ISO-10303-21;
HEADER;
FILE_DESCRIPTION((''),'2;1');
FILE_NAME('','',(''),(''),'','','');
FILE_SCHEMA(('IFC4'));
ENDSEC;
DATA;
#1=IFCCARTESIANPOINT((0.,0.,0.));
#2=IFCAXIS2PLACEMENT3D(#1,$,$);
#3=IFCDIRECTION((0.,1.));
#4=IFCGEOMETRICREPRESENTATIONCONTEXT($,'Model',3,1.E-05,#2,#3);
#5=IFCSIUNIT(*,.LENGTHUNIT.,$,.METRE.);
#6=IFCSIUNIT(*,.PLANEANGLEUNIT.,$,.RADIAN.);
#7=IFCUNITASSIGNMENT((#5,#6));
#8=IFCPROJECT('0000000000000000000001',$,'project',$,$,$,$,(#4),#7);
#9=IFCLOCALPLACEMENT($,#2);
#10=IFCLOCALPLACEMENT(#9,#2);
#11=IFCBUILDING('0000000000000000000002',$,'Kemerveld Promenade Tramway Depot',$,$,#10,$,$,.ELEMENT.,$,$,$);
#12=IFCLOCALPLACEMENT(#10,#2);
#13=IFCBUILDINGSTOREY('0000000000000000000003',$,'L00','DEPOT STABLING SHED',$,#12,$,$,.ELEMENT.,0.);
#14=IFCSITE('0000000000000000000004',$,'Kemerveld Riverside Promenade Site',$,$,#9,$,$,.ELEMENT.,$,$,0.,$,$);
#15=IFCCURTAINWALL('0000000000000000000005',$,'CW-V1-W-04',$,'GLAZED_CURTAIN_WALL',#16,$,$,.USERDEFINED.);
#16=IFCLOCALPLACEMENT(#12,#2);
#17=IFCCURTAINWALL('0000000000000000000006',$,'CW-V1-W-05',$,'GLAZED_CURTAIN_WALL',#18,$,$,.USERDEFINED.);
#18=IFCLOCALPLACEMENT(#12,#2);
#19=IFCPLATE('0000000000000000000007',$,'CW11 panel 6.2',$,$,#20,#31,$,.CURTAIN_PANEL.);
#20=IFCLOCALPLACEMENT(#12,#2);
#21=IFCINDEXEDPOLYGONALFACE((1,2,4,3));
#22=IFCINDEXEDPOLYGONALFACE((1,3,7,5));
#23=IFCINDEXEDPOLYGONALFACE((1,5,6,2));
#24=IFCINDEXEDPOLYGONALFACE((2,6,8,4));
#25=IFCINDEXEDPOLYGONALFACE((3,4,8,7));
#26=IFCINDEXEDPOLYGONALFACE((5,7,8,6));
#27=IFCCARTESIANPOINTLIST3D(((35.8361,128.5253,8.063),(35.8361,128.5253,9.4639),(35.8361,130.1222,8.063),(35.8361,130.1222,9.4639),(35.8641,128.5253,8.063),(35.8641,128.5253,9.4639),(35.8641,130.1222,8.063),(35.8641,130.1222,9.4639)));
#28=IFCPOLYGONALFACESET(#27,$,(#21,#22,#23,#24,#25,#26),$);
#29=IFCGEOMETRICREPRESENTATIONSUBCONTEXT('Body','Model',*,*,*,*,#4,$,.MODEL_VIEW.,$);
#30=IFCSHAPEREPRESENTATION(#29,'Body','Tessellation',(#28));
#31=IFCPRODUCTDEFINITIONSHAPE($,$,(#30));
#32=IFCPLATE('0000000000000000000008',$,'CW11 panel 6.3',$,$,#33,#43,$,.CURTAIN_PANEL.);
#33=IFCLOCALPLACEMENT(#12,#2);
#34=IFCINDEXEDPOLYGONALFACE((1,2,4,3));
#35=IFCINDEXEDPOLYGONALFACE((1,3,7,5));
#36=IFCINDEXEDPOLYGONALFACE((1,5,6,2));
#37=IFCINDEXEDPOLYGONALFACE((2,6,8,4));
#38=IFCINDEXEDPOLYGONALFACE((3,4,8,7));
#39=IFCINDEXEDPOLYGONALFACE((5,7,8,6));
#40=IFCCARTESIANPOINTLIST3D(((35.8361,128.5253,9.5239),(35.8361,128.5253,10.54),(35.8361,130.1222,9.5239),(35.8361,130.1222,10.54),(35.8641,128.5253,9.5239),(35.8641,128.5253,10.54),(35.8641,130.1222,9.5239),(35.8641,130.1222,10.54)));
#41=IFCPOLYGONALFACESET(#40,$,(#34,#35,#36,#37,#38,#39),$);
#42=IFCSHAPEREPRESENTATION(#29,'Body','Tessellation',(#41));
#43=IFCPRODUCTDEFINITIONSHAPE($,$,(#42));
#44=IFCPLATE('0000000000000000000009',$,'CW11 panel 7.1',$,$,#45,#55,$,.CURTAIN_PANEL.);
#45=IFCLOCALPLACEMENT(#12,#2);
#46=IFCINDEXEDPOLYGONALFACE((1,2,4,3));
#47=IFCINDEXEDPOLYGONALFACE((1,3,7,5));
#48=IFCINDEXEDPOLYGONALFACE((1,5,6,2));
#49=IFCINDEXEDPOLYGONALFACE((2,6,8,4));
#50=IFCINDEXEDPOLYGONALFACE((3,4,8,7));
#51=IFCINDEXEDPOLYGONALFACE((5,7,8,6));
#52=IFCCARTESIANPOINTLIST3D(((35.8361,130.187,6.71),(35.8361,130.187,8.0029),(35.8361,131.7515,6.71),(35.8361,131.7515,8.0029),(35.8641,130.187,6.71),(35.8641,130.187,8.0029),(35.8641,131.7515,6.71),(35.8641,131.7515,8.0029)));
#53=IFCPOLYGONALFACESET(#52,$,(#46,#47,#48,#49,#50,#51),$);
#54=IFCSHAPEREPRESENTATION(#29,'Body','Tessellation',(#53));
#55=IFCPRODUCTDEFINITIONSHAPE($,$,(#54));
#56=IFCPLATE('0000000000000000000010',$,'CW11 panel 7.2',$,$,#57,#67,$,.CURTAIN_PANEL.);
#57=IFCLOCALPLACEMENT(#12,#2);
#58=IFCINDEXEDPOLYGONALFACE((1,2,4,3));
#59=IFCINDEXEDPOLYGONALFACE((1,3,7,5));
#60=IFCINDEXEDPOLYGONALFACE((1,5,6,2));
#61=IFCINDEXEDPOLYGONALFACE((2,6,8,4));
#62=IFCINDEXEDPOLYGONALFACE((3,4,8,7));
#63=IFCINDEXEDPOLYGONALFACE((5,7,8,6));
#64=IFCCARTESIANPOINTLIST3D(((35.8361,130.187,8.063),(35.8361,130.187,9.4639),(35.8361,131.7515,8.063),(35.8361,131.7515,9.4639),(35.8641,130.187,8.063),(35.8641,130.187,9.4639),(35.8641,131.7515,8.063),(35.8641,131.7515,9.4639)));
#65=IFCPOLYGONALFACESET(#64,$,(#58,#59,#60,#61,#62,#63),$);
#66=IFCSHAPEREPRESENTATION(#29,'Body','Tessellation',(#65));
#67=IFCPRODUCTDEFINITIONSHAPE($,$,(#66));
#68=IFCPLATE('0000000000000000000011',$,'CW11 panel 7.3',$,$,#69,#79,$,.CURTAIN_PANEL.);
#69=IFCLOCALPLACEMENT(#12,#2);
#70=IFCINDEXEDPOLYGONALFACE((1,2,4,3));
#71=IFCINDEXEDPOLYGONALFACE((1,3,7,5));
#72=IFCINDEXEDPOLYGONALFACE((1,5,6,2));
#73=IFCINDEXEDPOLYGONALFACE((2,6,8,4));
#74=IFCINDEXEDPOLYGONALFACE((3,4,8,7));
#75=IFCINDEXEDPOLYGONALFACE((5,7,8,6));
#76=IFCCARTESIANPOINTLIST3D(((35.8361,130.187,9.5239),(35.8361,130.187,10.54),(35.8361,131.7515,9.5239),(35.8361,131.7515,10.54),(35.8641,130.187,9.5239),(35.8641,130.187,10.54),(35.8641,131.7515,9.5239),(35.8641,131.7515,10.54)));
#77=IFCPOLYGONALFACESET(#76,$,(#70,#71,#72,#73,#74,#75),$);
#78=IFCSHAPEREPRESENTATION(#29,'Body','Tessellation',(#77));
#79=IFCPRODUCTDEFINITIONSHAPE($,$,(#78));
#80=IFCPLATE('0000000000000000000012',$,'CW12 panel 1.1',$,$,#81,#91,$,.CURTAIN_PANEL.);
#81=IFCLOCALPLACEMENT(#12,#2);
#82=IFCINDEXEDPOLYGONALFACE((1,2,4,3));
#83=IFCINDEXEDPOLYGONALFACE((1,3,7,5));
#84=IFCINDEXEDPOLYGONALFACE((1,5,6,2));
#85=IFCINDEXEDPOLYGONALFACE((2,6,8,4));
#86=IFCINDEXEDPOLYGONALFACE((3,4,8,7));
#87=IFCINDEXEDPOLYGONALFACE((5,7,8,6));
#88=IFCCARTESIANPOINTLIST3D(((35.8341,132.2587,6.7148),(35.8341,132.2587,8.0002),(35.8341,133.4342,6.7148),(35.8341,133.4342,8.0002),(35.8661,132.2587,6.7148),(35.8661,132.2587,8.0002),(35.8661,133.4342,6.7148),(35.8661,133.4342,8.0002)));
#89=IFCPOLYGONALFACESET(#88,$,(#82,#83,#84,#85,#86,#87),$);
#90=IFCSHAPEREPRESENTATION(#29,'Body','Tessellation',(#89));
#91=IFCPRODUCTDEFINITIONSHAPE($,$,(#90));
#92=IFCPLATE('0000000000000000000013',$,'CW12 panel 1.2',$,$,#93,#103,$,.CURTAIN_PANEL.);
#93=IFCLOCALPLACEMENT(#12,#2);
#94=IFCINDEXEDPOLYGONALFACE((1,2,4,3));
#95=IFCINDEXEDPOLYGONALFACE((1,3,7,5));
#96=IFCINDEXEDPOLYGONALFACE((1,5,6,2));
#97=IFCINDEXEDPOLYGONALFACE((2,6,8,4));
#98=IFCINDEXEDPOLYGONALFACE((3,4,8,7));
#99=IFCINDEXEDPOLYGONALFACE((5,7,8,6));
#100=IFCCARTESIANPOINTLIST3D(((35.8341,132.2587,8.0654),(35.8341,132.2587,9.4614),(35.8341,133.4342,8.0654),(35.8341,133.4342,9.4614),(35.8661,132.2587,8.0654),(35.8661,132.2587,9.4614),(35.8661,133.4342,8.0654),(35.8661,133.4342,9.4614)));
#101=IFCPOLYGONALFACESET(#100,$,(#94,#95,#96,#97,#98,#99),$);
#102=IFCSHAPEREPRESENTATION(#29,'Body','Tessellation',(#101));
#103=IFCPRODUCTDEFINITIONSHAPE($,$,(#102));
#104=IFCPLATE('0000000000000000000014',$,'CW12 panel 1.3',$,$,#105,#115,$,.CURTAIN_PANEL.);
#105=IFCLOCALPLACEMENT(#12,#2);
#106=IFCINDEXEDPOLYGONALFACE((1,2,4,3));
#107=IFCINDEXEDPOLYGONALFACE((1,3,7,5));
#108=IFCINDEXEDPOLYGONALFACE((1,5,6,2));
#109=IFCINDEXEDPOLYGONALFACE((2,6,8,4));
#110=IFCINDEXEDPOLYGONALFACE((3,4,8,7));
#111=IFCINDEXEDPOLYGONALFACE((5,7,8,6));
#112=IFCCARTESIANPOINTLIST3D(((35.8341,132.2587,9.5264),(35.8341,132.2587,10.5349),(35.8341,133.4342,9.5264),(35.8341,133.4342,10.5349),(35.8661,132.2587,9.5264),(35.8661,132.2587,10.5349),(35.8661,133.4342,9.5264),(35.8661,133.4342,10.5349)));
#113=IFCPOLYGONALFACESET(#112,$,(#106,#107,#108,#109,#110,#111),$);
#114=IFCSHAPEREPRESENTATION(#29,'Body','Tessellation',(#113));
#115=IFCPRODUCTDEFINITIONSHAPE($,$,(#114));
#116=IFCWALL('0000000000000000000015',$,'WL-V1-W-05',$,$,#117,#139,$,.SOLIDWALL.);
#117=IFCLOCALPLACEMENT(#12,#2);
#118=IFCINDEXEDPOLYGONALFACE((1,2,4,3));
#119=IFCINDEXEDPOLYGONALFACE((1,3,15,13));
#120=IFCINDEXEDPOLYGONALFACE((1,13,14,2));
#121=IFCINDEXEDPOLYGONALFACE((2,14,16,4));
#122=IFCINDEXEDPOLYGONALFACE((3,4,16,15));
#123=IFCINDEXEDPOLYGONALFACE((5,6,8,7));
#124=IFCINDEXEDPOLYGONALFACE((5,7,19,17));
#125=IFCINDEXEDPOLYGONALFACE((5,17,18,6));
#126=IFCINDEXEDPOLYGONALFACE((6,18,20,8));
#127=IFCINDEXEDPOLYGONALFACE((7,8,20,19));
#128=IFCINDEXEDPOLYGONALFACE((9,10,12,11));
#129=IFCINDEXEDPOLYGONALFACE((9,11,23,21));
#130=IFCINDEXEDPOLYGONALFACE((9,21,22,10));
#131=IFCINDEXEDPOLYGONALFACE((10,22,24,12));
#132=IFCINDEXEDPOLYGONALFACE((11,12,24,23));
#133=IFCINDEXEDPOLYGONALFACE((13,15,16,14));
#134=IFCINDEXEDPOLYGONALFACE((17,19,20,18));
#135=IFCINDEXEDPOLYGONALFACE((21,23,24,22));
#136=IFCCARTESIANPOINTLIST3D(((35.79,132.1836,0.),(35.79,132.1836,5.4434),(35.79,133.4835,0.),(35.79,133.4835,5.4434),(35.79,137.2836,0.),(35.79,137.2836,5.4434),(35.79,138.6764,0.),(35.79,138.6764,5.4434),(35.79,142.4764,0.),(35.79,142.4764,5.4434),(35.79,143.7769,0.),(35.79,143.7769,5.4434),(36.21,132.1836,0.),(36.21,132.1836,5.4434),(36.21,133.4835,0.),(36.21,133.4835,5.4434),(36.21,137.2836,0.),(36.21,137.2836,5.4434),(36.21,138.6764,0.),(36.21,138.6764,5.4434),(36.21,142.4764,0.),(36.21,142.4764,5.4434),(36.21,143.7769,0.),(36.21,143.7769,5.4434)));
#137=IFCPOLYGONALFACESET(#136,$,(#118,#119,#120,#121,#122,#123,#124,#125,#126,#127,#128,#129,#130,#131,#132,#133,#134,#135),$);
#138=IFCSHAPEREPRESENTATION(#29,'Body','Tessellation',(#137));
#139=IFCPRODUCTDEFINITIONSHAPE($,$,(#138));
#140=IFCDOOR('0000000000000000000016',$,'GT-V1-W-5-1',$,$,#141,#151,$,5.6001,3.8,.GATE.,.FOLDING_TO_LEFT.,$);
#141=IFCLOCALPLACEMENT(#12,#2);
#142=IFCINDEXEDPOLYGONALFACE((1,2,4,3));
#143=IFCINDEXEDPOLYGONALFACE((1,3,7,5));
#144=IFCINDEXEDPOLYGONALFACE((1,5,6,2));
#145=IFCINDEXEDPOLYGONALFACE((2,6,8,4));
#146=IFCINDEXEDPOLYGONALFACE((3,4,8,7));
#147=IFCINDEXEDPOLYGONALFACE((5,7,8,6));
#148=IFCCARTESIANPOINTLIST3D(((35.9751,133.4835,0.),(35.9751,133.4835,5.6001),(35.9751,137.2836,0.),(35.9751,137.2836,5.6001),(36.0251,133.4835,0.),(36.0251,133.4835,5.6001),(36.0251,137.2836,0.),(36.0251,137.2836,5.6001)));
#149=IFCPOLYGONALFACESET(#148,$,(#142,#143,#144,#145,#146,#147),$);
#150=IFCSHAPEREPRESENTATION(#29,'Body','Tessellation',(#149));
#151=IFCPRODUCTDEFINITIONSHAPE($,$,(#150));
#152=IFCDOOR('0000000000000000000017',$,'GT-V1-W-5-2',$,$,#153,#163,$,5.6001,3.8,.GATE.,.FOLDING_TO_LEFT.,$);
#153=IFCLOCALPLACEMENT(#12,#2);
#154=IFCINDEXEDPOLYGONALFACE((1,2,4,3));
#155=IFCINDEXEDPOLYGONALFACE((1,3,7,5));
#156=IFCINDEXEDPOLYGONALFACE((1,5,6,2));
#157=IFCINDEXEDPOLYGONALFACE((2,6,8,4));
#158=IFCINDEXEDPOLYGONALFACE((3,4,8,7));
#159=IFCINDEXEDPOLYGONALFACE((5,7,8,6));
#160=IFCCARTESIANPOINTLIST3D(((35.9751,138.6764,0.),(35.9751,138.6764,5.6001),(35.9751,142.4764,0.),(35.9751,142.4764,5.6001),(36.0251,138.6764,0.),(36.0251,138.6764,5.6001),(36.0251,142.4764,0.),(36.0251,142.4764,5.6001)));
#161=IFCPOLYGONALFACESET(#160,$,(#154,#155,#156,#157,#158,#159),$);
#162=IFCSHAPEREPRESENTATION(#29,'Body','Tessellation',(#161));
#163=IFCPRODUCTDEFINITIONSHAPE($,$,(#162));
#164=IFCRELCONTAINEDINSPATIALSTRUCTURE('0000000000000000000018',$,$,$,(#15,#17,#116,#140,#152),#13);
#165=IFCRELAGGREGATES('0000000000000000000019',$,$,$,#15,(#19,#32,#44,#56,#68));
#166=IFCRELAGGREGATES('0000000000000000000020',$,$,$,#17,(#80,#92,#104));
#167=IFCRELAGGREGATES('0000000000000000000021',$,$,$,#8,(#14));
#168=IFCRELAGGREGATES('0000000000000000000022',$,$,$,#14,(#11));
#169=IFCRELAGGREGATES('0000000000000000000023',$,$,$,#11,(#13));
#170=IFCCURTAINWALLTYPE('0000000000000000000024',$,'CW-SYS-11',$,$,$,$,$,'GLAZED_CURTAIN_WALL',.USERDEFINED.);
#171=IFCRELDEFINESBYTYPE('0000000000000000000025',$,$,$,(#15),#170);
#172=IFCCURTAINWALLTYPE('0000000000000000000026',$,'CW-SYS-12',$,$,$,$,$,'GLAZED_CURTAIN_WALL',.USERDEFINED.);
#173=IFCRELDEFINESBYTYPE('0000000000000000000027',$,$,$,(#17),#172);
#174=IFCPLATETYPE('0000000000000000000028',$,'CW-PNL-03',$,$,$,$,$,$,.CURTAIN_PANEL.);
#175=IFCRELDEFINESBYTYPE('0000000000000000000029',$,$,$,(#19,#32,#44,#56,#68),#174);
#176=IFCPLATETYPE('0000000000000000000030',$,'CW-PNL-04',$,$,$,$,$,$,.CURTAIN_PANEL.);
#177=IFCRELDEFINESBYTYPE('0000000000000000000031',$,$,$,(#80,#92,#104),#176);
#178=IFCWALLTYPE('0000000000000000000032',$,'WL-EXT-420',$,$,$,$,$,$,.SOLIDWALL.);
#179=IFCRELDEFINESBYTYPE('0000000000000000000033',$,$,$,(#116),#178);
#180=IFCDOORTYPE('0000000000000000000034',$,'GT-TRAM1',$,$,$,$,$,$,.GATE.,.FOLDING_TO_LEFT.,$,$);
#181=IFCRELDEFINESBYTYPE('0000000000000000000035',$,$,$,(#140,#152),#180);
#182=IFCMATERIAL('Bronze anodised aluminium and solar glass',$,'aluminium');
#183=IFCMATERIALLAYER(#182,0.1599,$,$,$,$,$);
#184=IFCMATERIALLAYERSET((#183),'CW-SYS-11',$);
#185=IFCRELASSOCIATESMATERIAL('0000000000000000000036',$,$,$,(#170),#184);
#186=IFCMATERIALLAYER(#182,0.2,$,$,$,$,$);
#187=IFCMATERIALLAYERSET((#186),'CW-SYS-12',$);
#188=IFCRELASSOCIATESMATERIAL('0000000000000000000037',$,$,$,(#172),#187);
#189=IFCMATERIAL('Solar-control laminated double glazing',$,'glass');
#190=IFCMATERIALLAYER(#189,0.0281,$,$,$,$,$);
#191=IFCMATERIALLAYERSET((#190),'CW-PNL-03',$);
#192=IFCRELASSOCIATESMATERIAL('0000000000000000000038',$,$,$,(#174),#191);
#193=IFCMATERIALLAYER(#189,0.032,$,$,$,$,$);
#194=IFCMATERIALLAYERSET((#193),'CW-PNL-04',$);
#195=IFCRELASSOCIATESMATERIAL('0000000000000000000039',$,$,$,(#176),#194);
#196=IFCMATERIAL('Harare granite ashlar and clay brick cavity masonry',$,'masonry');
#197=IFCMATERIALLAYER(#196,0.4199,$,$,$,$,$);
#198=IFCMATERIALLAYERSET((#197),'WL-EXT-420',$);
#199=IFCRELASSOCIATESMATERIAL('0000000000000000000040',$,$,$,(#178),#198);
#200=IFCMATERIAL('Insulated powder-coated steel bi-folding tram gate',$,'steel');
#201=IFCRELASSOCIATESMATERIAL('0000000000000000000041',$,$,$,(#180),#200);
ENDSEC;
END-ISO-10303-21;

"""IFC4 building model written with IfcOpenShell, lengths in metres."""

from ifc_helpers import new_model, si_unit, direction, frame, frame_2d, origin, origin_2d, place, context, subcontext, project, spatial, rectangle, extrude, material, layer, layer_set, type_object, element, fill, aggregate, save


model = new_model("IFC4")

# Units and contexts
model_context = context("Model", 3, precision=1e-05, world=origin(), true_north=direction((0.0, 1.0)))
body_context = subcontext(model_context, "Body", "Model", "MODEL_VIEW")
ifc_project = project(units=[si_unit("LENGTHUNIT", "METRE"), si_unit("PLANEANGLEUNIT", "RADIAN")], contexts=[model_context])

# Site, building, storey
site_placement = place(None, origin())
site = spatial("IfcSite", under=ifc_project, at=site_placement, Name="Kemerveld Riverside Promenade Site", CompositionType="ELEMENT", RefElevation=0.0)
building_placement = place(site_placement, origin())
building = spatial("IfcBuilding", under=site, at=building_placement, Name="Kemerveld Promenade Tramway Depot", CompositionType="ELEMENT")
storey_placement = place(building_placement, origin())
storey = spatial("IfcBuildingStorey", under=building, at=storey_placement, Name="L00", Description="DEPOT STABLING SHED", CompositionType="ELEMENT", Elevation=0.0)

# Curtain walls
ifc_material_1 = material(Name="Bronze anodised aluminium and solar glass", Category="aluminium")
ifc_layer_1 = layer(ifc_material_1, 0.1599)
ifc_layer_set_1 = layer_set([ifc_layer_1], Name="CW-SYS-11")
curtain_wall_type_1 = type_object("IfcCurtainWallType", Name="CW-SYS-11", ElementType="GLAZED_CURTAIN_WALL", PredefinedType="USERDEFINED", material=ifc_layer_set_1)
curtain_wall_1_placement = place(storey_placement, origin())
curtain_wall_1 = element("IfcCurtainWall", 1, at=curtain_wall_1_placement, inside=storey, type_object=curtain_wall_type_1, Name="CW-V1-W-04", ObjectType="GLAZED_CURTAIN_WALL", PredefinedType="USERDEFINED")
ifc_layer_2 = layer(ifc_material_1, 0.2)
ifc_layer_set_2 = layer_set([ifc_layer_2], Name="CW-SYS-12")
curtain_wall_type_2 = type_object("IfcCurtainWallType", Name="CW-SYS-12", ElementType="GLAZED_CURTAIN_WALL", PredefinedType="USERDEFINED", material=ifc_layer_set_2)
curtain_wall_2_placement = place(storey_placement, origin())
curtain_wall_2 = element("IfcCurtainWall", 2, at=curtain_wall_2_placement, inside=storey, type_object=curtain_wall_type_2, Name="CW-V1-W-05", ObjectType="GLAZED_CURTAIN_WALL", PredefinedType="USERDEFINED")

# Plates
ifc_material_2 = material(Name="Solar-control laminated double glazing", Category="glass")
ifc_layer_3 = layer(ifc_material_2, 0.0281)
ifc_layer_set_3 = layer_set([ifc_layer_3], Name="CW-PNL-03")
plate_type_1 = type_object("IfcPlateType", Name="CW-PNL-03", PredefinedType="CURTAIN_PANEL", material=ifc_layer_set_3)
plate_1_placement = place(storey_placement, frame((35.8501, 129.3237, 8.063), z_axis=(0.0, 0.0, 1.0), x_axis=(0.0, 1.0, 0.0)))
plate_1 = element("IfcPlate", 3, at=plate_1_placement, type_object=plate_type_1, Name="CW11 panel 6.2", PredefinedType="CURTAIN_PANEL", context=body_context, shape_type="SweptSolid", body=[
    extrude(rectangle(XDim=1.5969, YDim=0.0281, at=origin_2d()), origin(), (0.0, 0.0, 1.0), 1.4009),
])
plate_2_placement = place(storey_placement, frame((35.8501, 129.3237, 9.5239), z_axis=(0.0, 0.0, 1.0), x_axis=(0.0, 1.0, 0.0)))
plate_2 = element("IfcPlate", 4, at=plate_2_placement, type_object=plate_type_1, Name="CW11 panel 6.3", PredefinedType="CURTAIN_PANEL", context=body_context, shape_type="SweptSolid", body=[
    extrude(rectangle(XDim=1.5969, YDim=0.0281, at=origin_2d()), origin(), (0.0, 0.0, 1.0), 1.0161),
])
plate_3_placement = place(storey_placement, frame((35.8501, 130.9692, 6.71), z_axis=(0.0, 0.0, 1.0), x_axis=(0.0, 1.0, 0.0)))
plate_3 = element("IfcPlate", 5, at=plate_3_placement, type_object=plate_type_1, Name="CW11 panel 7.1", PredefinedType="CURTAIN_PANEL", context=body_context, shape_type="SweptSolid", body=[
    extrude(rectangle(XDim=1.5645, YDim=0.0281, at=origin_2d()), origin(), (0.0, 0.0, 1.0), 1.293),
])
plate_4_placement = place(storey_placement, frame((35.8501, 130.9692, 8.063), z_axis=(0.0, 0.0, 1.0), x_axis=(0.0, 1.0, 0.0)))
plate_4 = element("IfcPlate", 6, at=plate_4_placement, type_object=plate_type_1, Name="CW11 panel 7.2", PredefinedType="CURTAIN_PANEL", context=body_context, shape_type="SweptSolid", body=[
    extrude(rectangle(XDim=1.5645, YDim=0.0281, at=origin_2d()), origin(), (0.0, 0.0, 1.0), 1.4009),
])
plate_5_placement = place(storey_placement, frame((35.8501, 130.9692, 9.5239), z_axis=(0.0, 0.0, 1.0), x_axis=(0.0, 1.0, 0.0)))
plate_5 = element("IfcPlate", 7, at=plate_5_placement, type_object=plate_type_1, Name="CW11 panel 7.3", PredefinedType="CURTAIN_PANEL", context=body_context, shape_type="SweptSolid", body=[
    extrude(rectangle(XDim=1.5645, YDim=0.0281, at=origin_2d()), origin(), (0.0, 0.0, 1.0), 1.0161),
])
aggregate(curtain_wall_1, [plate_1, plate_2, plate_3, plate_4, plate_5])
ifc_layer_4 = layer(ifc_material_2, 0.032)
ifc_layer_set_4 = layer_set([ifc_layer_4], Name="CW-PNL-04")
plate_type_2 = type_object("IfcPlateType", Name="CW-PNL-04", PredefinedType="CURTAIN_PANEL", material=ifc_layer_set_4)
plate_6_placement = place(storey_placement, frame((35.8501, 132.8464, 6.7148), z_axis=(0.0, 0.0, 1.0), x_axis=(0.0, 1.0, 0.0)))
plate_6 = element("IfcPlate", 8, at=plate_6_placement, type_object=plate_type_2, Name="CW12 panel 1.1", PredefinedType="CURTAIN_PANEL", context=body_context, shape_type="SweptSolid", body=[
    extrude(rectangle(XDim=1.1755, YDim=0.032, at=origin_2d()), origin(), (0.0, 0.0, 1.0), 1.2854),
])
plate_7_placement = place(storey_placement, frame((35.8501, 132.8464, 8.0654), z_axis=(0.0, 0.0, 1.0), x_axis=(0.0, 1.0, 0.0)))
plate_7 = element("IfcPlate", 9, at=plate_7_placement, type_object=plate_type_2, Name="CW12 panel 1.2", PredefinedType="CURTAIN_PANEL", context=body_context, shape_type="SweptSolid", body=[
    extrude(rectangle(XDim=1.1755, YDim=0.032, at=origin_2d()), origin(), (0.0, 0.0, 1.0), 1.396),
])
plate_8_placement = place(storey_placement, frame((35.8501, 132.8464, 9.5264), z_axis=(0.0, 0.0, 1.0), x_axis=(0.0, 1.0, 0.0)))
plate_8 = element("IfcPlate", 10, at=plate_8_placement, type_object=plate_type_2, Name="CW12 panel 1.3", PredefinedType="CURTAIN_PANEL", context=body_context, shape_type="SweptSolid", body=[
    extrude(rectangle(XDim=1.1755, YDim=0.032, at=origin_2d()), origin(), (0.0, 0.0, 1.0), 1.0085),
])
aggregate(curtain_wall_2, [plate_6, plate_7, plate_8])

# Wall, openings, doors
ifc_material_3 = material(Name="Harare granite ashlar and clay brick cavity masonry", Category="masonry")
ifc_layer_5 = layer(ifc_material_3, 0.4199)
ifc_layer_set_5 = layer_set([ifc_layer_5], Name="WL-EXT-420")
wall_type = type_object("IfcWallType", Name="WL-EXT-420", PredefinedType="SOLIDWALL", material=ifc_layer_set_5)
wall_placement = place(storey_placement, frame((36.0, 132.1836, 0.0), z_axis=(0.0, 0.0, 1.0), x_axis=(0.0, 1.0, 0.0)))
wall = element("IfcWall", 11, at=wall_placement, inside=storey, type_object=wall_type, Name="WL-V1-W-05", PredefinedType="SOLIDWALL", context=body_context, shape_type="SweptSolid", body=[
    extrude(rectangle(XDim=11.5933, YDim=0.4199, at=frame_2d((5.7966, 0.0))), origin(), (0.0, 0.0, 1.0), 5.4434),
])
opening_1_placement = place(wall_placement, frame((1.3, 0.0, 0.0)))
opening_1 = element("IfcOpeningElement", 12, at=opening_1_placement, cuts=wall, PredefinedType="OPENING", context=body_context, shape_type="SweptSolid", body=[
    extrude(rectangle(XDim=3.8, YDim=5.6001, at=frame_2d((1.8999, 2.8))), frame((0.0, 0.22, 0.0), z_axis=(0.0, -1.0, 0.0), x_axis=(1.0, 0.0, 0.0)), (0.0, 0.0, 1.0), 0.4399),
])
opening_2_placement = place(wall_placement, frame((6.4929, 0.0, 0.0)))
opening_2 = element("IfcOpeningElement", 13, at=opening_2_placement, cuts=wall, PredefinedType="OPENING", context=body_context, shape_type="SweptSolid", body=[
    extrude(rectangle(XDim=3.8, YDim=5.6001, at=frame_2d((1.8999, 2.8))), frame((0.0, 0.22, 0.0), z_axis=(0.0, -1.0, 0.0), x_axis=(1.0, 0.0, 0.0)), (0.0, 0.0, 1.0), 0.4399),
])
ifc_material_4 = material(Name="Insulated powder-coated steel bi-folding tram gate", Category="steel")
door_type = type_object("IfcDoorType", Name="GT-TRAM1", OperationType="FOLDING_TO_LEFT", PredefinedType="GATE", material=ifc_material_4)
door_1_placement = place(opening_1_placement, origin())
door_1 = element("IfcDoor", 14, at=door_1_placement, inside=storey, type_object=door_type, Name="GT-V1-W-5-1", OperationType="FOLDING_TO_LEFT", OverallHeight=5.6001, OverallWidth=3.8, PredefinedType="GATE", context=body_context, shape_type="SweptSolid", body=[
    extrude(rectangle(XDim=3.8, YDim=5.6001, at=frame_2d((1.8999, 2.8))), frame((0.0, 0.0249, 0.0), z_axis=(0.0, -1.0, 0.0), x_axis=(1.0, 0.0, 0.0)), (0.0, 0.0, 1.0), 0.05),
])
fill(opening_1, door_1)
door_2_placement = place(opening_2_placement, origin())
door_2 = element("IfcDoor", 15, at=door_2_placement, inside=storey, type_object=door_type, Name="GT-V1-W-5-2", OperationType="FOLDING_TO_LEFT", OverallHeight=5.6001, OverallWidth=3.8, PredefinedType="GATE", context=body_context, shape_type="SweptSolid", body=[
    extrude(rectangle(XDim=3.8, YDim=5.6001, at=frame_2d((1.8999, 2.8))), frame((0.0, 0.0249, 0.0), z_axis=(0.0, -1.0, 0.0), x_axis=(1.0, 0.0, 0.0)), (0.0, 0.0, 1.0), 0.05),
])
fill(opening_2, door_2)

save(model, "model.ifc")
